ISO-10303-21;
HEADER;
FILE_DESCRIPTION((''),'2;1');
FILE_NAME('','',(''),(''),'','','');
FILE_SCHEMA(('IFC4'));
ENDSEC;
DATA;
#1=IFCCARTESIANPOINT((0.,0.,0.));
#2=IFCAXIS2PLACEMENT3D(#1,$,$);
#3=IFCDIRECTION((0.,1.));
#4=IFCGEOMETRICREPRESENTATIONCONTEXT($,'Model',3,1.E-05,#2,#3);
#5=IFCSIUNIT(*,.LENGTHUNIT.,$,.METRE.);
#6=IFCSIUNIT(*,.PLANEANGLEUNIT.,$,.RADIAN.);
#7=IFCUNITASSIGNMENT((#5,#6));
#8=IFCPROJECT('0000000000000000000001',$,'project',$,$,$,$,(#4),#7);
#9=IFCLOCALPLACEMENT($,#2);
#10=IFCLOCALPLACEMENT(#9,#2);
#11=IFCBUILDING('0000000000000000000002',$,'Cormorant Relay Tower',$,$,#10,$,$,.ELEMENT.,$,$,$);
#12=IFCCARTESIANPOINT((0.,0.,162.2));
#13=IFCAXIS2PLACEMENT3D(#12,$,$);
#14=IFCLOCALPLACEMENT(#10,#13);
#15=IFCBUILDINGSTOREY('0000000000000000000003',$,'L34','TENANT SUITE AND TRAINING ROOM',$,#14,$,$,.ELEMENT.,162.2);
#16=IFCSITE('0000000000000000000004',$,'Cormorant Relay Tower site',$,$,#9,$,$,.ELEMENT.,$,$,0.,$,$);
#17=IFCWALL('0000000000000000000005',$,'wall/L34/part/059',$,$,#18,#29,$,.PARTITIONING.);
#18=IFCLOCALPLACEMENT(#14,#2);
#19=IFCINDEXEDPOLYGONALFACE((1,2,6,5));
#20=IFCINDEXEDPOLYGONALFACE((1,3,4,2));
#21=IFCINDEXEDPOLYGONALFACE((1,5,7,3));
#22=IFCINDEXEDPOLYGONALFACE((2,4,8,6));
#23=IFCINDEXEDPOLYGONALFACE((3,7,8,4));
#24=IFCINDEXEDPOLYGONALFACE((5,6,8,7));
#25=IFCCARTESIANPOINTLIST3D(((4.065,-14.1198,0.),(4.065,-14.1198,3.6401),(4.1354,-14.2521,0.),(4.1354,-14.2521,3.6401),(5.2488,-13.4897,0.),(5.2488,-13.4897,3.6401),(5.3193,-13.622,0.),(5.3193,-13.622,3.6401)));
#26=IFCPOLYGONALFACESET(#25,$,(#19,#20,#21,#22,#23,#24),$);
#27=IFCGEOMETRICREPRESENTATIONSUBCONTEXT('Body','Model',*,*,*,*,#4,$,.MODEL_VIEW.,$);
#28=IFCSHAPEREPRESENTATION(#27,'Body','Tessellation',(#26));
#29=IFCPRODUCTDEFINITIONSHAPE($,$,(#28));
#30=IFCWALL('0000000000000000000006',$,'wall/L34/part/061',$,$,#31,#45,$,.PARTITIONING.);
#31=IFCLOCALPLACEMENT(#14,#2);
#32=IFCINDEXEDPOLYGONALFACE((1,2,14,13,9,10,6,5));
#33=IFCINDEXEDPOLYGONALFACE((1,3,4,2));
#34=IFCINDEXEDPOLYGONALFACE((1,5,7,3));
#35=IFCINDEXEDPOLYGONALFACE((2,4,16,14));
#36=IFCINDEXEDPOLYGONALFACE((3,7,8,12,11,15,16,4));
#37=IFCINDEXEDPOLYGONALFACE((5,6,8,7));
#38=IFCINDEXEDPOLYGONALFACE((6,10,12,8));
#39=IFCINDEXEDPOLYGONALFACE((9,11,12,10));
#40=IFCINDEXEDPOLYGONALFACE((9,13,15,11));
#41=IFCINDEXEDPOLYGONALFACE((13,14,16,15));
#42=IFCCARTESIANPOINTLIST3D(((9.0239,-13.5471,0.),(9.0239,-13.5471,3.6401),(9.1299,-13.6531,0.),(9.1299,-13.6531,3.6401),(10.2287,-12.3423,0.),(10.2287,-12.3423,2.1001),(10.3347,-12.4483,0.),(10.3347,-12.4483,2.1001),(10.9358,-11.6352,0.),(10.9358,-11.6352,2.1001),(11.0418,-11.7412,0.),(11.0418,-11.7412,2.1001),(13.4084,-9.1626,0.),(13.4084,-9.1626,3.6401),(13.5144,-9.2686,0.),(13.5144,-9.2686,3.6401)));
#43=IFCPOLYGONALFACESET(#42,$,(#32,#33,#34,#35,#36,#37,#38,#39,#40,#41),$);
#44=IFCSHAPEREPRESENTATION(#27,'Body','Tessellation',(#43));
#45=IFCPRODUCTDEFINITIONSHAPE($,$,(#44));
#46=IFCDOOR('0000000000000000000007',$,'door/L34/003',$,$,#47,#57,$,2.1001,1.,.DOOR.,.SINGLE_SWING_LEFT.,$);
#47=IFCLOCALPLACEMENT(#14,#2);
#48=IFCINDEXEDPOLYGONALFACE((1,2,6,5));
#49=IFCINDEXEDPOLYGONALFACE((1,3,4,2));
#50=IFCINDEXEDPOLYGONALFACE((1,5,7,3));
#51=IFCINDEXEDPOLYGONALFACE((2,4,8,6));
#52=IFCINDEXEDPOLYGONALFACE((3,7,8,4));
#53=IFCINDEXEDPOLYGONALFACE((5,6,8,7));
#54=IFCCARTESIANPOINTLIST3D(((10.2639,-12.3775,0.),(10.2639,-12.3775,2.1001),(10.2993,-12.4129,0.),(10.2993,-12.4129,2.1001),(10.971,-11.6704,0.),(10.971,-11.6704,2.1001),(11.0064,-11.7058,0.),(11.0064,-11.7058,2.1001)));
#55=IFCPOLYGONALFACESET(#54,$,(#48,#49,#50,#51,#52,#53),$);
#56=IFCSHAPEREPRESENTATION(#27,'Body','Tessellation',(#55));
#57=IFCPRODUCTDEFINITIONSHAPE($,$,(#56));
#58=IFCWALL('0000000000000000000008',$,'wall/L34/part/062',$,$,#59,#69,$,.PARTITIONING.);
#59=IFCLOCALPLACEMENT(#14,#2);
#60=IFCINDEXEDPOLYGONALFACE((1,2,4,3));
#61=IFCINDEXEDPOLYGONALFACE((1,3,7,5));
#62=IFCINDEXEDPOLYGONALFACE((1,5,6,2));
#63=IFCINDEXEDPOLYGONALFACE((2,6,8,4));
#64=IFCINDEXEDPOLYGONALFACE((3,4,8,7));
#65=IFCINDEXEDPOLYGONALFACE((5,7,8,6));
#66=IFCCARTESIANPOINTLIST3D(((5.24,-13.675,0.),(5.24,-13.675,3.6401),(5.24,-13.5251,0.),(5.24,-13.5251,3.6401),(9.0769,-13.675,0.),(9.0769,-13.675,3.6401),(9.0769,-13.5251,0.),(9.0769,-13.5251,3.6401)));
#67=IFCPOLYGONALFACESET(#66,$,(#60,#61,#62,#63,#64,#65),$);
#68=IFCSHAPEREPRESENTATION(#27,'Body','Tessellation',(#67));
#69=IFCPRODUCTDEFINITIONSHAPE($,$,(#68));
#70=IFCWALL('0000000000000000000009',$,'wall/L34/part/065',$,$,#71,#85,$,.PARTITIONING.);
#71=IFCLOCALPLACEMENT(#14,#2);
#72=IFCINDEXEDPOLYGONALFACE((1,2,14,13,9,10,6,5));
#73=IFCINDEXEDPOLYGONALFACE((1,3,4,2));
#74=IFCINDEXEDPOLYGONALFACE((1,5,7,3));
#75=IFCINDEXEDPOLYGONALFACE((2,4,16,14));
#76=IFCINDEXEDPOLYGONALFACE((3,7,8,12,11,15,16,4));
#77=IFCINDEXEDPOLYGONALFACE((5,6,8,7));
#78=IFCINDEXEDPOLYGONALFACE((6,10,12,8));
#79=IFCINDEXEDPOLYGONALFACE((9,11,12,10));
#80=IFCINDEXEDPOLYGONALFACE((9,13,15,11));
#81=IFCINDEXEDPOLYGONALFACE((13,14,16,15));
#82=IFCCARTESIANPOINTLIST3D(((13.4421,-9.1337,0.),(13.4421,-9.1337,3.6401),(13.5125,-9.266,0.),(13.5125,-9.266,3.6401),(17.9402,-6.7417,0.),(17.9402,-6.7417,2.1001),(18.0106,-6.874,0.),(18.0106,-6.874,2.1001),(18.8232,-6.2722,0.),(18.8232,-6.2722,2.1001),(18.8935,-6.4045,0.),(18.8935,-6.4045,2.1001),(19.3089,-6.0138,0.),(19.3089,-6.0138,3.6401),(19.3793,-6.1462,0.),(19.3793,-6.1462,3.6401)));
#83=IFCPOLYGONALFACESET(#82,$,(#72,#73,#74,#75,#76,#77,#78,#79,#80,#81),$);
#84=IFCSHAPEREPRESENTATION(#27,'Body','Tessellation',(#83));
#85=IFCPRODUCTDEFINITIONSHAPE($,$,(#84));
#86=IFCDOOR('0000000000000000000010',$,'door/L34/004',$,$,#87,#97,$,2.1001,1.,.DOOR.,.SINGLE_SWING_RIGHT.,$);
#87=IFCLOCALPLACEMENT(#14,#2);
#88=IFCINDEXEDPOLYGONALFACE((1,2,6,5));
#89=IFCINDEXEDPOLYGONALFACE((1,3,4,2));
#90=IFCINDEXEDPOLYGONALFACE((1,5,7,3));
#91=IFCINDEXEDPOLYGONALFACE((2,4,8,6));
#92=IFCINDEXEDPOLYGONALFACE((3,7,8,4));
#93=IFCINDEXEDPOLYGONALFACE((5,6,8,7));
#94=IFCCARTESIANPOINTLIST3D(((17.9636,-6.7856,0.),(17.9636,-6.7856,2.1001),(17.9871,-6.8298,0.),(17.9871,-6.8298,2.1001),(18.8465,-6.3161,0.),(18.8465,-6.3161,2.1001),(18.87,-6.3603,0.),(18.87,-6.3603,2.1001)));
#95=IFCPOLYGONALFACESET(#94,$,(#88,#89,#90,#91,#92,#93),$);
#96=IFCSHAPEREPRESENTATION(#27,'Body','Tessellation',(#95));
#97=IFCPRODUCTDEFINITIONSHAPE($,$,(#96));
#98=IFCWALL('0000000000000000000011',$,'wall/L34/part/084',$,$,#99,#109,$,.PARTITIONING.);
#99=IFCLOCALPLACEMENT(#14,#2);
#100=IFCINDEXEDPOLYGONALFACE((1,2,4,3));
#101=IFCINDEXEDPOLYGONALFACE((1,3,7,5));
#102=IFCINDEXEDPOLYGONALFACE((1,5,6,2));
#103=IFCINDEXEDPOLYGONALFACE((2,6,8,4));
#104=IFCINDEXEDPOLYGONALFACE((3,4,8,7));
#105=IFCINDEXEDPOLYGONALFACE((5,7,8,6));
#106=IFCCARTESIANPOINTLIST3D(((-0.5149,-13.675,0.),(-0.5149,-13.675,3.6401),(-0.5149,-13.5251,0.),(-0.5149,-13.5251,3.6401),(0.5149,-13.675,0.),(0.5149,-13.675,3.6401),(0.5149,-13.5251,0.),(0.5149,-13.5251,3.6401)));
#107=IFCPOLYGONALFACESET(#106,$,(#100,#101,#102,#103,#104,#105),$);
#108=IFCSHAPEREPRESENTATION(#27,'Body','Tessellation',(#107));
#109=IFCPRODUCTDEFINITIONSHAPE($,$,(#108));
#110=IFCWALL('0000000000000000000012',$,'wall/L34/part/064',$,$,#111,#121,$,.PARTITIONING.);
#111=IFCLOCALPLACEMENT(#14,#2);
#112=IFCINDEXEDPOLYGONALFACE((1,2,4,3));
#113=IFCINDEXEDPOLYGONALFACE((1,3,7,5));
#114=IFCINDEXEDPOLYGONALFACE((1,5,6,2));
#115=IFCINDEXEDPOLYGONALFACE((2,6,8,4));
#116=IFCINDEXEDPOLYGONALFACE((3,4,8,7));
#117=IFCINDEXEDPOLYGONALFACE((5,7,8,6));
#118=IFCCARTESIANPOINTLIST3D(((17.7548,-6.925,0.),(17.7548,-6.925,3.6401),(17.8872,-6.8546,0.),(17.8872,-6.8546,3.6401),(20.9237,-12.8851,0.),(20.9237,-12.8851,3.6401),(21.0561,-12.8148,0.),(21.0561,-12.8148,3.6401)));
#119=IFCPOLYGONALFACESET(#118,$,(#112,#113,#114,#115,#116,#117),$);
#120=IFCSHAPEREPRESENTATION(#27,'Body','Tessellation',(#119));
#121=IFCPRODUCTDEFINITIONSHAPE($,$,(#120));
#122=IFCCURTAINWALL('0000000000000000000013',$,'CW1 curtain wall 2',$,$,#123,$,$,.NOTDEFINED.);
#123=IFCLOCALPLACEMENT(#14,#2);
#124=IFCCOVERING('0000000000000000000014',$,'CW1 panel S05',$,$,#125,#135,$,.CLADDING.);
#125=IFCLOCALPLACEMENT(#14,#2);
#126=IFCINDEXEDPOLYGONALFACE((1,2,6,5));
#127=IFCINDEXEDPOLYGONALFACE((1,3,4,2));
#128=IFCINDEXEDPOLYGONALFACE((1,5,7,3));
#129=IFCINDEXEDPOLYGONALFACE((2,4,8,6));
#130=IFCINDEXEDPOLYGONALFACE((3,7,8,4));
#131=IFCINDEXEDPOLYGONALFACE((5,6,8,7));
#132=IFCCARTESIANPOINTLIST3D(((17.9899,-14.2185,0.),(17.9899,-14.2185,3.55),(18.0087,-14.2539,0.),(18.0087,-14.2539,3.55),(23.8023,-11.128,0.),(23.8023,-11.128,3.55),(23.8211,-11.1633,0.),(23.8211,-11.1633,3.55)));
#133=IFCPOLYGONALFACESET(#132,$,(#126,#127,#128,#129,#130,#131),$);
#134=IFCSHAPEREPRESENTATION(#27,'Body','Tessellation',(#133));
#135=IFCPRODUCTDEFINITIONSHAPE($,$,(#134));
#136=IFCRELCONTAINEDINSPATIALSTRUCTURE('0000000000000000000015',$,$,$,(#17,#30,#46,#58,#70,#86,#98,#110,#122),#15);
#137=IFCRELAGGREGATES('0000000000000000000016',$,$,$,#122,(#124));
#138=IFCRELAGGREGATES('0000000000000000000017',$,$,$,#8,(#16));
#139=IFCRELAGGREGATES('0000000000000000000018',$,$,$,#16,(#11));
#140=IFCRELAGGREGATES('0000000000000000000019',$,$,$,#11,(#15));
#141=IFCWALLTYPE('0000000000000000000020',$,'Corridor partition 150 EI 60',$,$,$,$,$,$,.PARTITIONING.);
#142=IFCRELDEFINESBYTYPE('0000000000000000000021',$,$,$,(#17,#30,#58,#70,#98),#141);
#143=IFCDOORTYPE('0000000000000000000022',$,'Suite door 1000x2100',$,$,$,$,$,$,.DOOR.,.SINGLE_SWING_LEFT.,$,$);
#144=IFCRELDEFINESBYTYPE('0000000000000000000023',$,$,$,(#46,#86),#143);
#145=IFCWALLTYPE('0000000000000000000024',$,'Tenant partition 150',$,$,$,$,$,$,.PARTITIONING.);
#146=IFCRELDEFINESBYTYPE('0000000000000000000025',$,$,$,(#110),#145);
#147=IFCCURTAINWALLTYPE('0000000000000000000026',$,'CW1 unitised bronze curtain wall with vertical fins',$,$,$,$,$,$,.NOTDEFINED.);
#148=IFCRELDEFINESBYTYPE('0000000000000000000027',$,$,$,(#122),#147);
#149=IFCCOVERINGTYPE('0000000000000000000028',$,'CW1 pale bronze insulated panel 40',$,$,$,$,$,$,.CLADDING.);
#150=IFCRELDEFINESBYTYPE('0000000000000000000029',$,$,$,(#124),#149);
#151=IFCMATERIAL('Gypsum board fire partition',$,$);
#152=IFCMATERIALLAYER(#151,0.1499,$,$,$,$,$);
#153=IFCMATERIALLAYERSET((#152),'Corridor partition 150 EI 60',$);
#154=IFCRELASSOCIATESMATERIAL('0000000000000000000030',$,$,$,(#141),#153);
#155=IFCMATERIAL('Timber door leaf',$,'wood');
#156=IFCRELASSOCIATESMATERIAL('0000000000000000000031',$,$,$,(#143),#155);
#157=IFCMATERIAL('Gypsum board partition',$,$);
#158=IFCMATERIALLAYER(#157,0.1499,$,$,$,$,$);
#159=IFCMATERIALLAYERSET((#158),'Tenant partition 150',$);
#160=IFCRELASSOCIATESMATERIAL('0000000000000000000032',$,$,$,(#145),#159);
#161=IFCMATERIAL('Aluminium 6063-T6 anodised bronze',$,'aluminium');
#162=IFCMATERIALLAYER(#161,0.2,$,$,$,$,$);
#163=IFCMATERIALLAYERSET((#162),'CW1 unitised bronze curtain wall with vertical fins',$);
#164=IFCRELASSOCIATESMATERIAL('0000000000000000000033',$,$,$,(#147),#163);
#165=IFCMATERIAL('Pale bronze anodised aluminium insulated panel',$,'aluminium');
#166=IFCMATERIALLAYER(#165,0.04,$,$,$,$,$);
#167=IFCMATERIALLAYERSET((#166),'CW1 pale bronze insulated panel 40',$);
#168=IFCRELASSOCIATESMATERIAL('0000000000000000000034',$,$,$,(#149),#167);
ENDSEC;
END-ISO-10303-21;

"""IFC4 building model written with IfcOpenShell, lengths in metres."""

from ifc_helpers import new_model, si_unit, direction, frame, frame_2d, origin, origin_2d, place, context, subcontext, project, spatial, rectangle, extrude, material, layer, layer_set, type_object, element, fill, aggregate, save


model = new_model("IFC4")

# Units and contexts
model_context = context("Model", 3, precision=1e-05, world=origin(), true_north=direction((0.0, 1.0)))
body_context = subcontext(model_context, "Body", "Model", "MODEL_VIEW")
ifc_project = project(units=[si_unit("LENGTHUNIT", "METRE"), si_unit("PLANEANGLEUNIT", "RADIAN")], contexts=[model_context])

# Site, building, storey
site_placement = place(None, origin())
site = spatial("IfcSite", under=ifc_project, at=site_placement, Name="Cormorant Relay Tower site", CompositionType="ELEMENT", RefElevation=0.0)
building_placement = place(site_placement, origin())
building = spatial("IfcBuilding", under=site, at=building_placement, Name="Cormorant Relay Tower", CompositionType="ELEMENT")
storey_placement = place(building_placement, frame((0.0, 0.0, 162.2)))
storey = spatial("IfcBuildingStorey", under=building, at=storey_placement, Name="L34", Description="TENANT SUITE AND TRAINING ROOM", CompositionType="ELEMENT", Elevation=162.2)

# Wall
ifc_material_1 = material(Name="Gypsum board fire partition")
ifc_layer_1 = layer(ifc_material_1, 0.1499)
ifc_layer_set_1 = layer_set([ifc_layer_1], Name="Corridor partition 150 EI 60")
wall_type_1 = type_object("IfcWallType", Name="Corridor partition 150 EI 60", PredefinedType="PARTITIONING", material=ifc_layer_set_1)
wall_1_placement = place(storey_placement, frame((5.2839, -13.5559, 0.0), z_axis=(0.0, 0.0, 1.0), x_axis=(-0.882741, -0.469861, 0.0)))
element("IfcWall", 1, at=wall_1_placement, inside=storey, type_object=wall_type_1, Name="wall/L34/part/059", PredefinedType="PARTITIONING", context=body_context, shape_type="SweptSolid", body=[
    extrude(rectangle(XDim=1.3411, YDim=0.1499, at=frame_2d((0.6704, 0.0))), origin(), (0.0, 0.0, 1.0), 3.6401),
])

# Wall, opening, door
wall_2_placement = place(storey_placement, frame((13.4614, -9.2156, 0.0), z_axis=(0.0, 0.0, 1.0), x_axis=(-0.707107, -0.707107, 0.0)))
wall_2 = element("IfcWall", 2, at=wall_2_placement, inside=storey, type_object=wall_type_1, Name="wall/L34/part/061", PredefinedType="PARTITIONING", context=body_context, shape_type="SweptSolid", body=[
    extrude(rectangle(XDim=6.2007, YDim=0.1499, at=frame_2d((3.1003, 0.0))), origin(), (0.0, 0.0, 1.0), 3.6401),
])
opening_1_placement = place(wall_2_placement, frame((3.4968, 0.0, 0.0)))
opening_1 = element("IfcOpeningElement", 3, at=opening_1_placement, cuts=wall_2, PredefinedType="OPENING", context=body_context, shape_type="SweptSolid", body=[
    extrude(rectangle(XDim=1.0, YDim=2.1001, at=frame_2d((0.5, 1.05))), frame((0.0, 0.085, 0.0), z_axis=(0.0, -1.0, 0.0), x_axis=(1.0, 0.0, 0.0)), (0.0, 0.0, 1.0), 0.1699),
])
ifc_material_2 = material(Name="Timber door leaf", Category="wood")
door_type_1 = type_object("IfcDoorType", Name="Suite door 1000x2100", OperationType="SINGLE_SWING_LEFT", PredefinedType="DOOR", material=ifc_material_2)
door_1_placement = place(opening_1_placement, origin())
door_1 = element("IfcDoor", 4, at=door_1_placement, inside=storey, type_object=door_type_1, Name="door/L34/003", OperationType="SINGLE_SWING_LEFT", OverallHeight=2.1001, OverallWidth=1.0, PredefinedType="DOOR", context=body_context, shape_type="SweptSolid", body=[
    extrude(rectangle(XDim=1.0, YDim=2.1001, at=frame_2d((0.5, 1.05))), frame((0.0, 0.0249, 0.0), z_axis=(0.0, -1.0, 0.0), x_axis=(1.0, 0.0, 0.0)), (0.0, 0.0, 1.0), 0.05),
])
fill(opening_1, door_1)

# Wall
wall_3_placement = place(storey_placement, frame((9.0769, -13.6001, 0.0), z_axis=(0.0, 0.0, 1.0), x_axis=(-1.0, 0.0, 0.0)))
element("IfcWall", 5, at=wall_3_placement, inside=storey, type_object=wall_type_1, Name="wall/L34/part/062", PredefinedType="PARTITIONING", context=body_context, shape_type="SweptSolid", body=[
    extrude(rectangle(XDim=3.8369, YDim=0.1499, at=frame_2d((1.9185, 0.0))), origin(), (0.0, 0.0, 1.0), 3.6401),
])

# Wall, opening, door
wall_4_placement = place(storey_placement, frame((19.344, -6.0801, 0.0), z_axis=(0.0, 0.0, 1.0), x_axis=(-0.882925, -0.469514, 0.0)))
wall_4 = element("IfcWall", 6, at=wall_4_placement, inside=storey, type_object=wall_type_1, Name="wall/L34/part/065", PredefinedType="PARTITIONING", context=body_context, shape_type="SweptSolid", body=[
    extrude(rectangle(XDim=6.6448, YDim=0.1499, at=frame_2d((3.3223, 0.0))), origin(), (0.0, 0.0, 1.0), 3.6401),
])
opening_2_placement = place(wall_4_placement, frame((0.55, 0.0, 0.0)))
opening_2 = element("IfcOpeningElement", 7, at=opening_2_placement, cuts=wall_4, PredefinedType="OPENING", context=body_context, shape_type="SweptSolid", body=[
    extrude(rectangle(XDim=1.0, YDim=2.1001, at=frame_2d((0.5, 1.05))), frame((0.0, 0.085, 0.0), z_axis=(0.0, -1.0, 0.0), x_axis=(1.0, 0.0, 0.0)), (0.0, 0.0, 1.0), 0.1699),
])
door_2_placement = place(opening_2_placement, origin())
door_2 = element("IfcDoor", 8, at=door_2_placement, inside=storey, type_object=door_type_1, Name="door/L34/004", OperationType="SINGLE_SWING_RIGHT", OverallHeight=2.1001, OverallWidth=1.0, PredefinedType="DOOR", context=body_context, shape_type="SweptSolid", body=[
    extrude(rectangle(XDim=1.0, YDim=2.1001, at=frame_2d((0.5, 1.05))), frame((0.0, 0.0249, 0.0), z_axis=(0.0, -1.0, 0.0), x_axis=(1.0, 0.0, 0.0)), (0.0, 0.0, 1.0), 0.05),
])
fill(opening_2, door_2)

# Walls
wall_5_placement = place(storey_placement, frame((0.5149, -13.6001, 0.0), z_axis=(0.0, 0.0, 1.0), x_axis=(-1.0, 0.0, 0.0)))
element("IfcWall", 9, at=wall_5_placement, inside=storey, type_object=wall_type_1, Name="wall/L34/part/084", PredefinedType="PARTITIONING", context=body_context, shape_type="SweptSolid", body=[
    extrude(rectangle(XDim=1.0298, YDim=0.1499, at=frame_2d((0.5149, 0.0))), origin(), (0.0, 0.0, 1.0), 3.6401),
])
ifc_material_3 = material(Name="Gypsum board partition")
ifc_layer_2 = layer(ifc_material_3, 0.1499)
ifc_layer_set_2 = layer_set([ifc_layer_2], Name="Tenant partition 150")
wall_type_2 = type_object("IfcWallType", Name="Tenant partition 150", PredefinedType="PARTITIONING", material=ifc_layer_set_2)
wall_6_placement = place(storey_placement, frame((17.821, -6.8899, 0.0), z_axis=(0.0, 0.0, 1.0), x_axis=(0.469454, -0.882957, 0.0)))
element("IfcWall", 10, at=wall_6_placement, inside=storey, type_object=wall_type_2, Name="wall/L34/part/064", PredefinedType="PARTITIONING", context=body_context, shape_type="SweptSolid", body=[
    extrude(rectangle(XDim=6.7502, YDim=0.1499, at=frame_2d((3.375, 0.0))), origin(), (0.0, 0.0, 1.0), 3.6401),
])

# Curtain wall, covering
ifc_material_4 = material(Name="Aluminium 6063-T6 anodised bronze", Category="aluminium")
ifc_layer_3 = layer(ifc_material_4, 0.2)
ifc_layer_set_3 = layer_set([ifc_layer_3], Name="CW1 unitised bronze curtain wall with vertical fins")
curtain_wall_type = type_object("IfcCurtainWallType", Name="CW1 unitised bronze curtain wall with vertical fins", PredefinedType="NOTDEFINED", material=ifc_layer_set_3)
curtain_wall_placement = place(storey_placement, origin())
curtain_wall = element("IfcCurtainWall", 11, at=curtain_wall_placement, inside=storey, type_object=curtain_wall_type, Name="CW1 curtain wall 2", PredefinedType="NOTDEFINED")
ifc_material_5 = material(Name="Pale bronze anodised aluminium insulated panel", Category="aluminium")
ifc_layer_4 = layer(ifc_material_5, 0.04)
ifc_layer_set_4 = layer_set([ifc_layer_4], Name="CW1 pale bronze insulated panel 40")
covering_type = type_object("IfcCoveringType", Name="CW1 pale bronze insulated panel 40", PredefinedType="CLADDING", material=ifc_layer_set_4)
covering_placement = place(storey_placement, frame((20.9055, -12.6909, 0.0), z_axis=(0.0, 0.0, 1.0), x_axis=(0.882948, 0.469472, 0.0)))
covering = element("IfcCovering", 12, at=covering_placement, type_object=covering_type, Name="CW1 panel S05", PredefinedType="CLADDING", context=body_context, shape_type="SweptSolid", body=[
    extrude(rectangle(XDim=6.583, YDim=0.04, at=origin_2d()), origin(), (0.0, 0.0, 1.0), 3.55),
])
aggregate(curtain_wall, [covering])

save(model, "model.ifc")
